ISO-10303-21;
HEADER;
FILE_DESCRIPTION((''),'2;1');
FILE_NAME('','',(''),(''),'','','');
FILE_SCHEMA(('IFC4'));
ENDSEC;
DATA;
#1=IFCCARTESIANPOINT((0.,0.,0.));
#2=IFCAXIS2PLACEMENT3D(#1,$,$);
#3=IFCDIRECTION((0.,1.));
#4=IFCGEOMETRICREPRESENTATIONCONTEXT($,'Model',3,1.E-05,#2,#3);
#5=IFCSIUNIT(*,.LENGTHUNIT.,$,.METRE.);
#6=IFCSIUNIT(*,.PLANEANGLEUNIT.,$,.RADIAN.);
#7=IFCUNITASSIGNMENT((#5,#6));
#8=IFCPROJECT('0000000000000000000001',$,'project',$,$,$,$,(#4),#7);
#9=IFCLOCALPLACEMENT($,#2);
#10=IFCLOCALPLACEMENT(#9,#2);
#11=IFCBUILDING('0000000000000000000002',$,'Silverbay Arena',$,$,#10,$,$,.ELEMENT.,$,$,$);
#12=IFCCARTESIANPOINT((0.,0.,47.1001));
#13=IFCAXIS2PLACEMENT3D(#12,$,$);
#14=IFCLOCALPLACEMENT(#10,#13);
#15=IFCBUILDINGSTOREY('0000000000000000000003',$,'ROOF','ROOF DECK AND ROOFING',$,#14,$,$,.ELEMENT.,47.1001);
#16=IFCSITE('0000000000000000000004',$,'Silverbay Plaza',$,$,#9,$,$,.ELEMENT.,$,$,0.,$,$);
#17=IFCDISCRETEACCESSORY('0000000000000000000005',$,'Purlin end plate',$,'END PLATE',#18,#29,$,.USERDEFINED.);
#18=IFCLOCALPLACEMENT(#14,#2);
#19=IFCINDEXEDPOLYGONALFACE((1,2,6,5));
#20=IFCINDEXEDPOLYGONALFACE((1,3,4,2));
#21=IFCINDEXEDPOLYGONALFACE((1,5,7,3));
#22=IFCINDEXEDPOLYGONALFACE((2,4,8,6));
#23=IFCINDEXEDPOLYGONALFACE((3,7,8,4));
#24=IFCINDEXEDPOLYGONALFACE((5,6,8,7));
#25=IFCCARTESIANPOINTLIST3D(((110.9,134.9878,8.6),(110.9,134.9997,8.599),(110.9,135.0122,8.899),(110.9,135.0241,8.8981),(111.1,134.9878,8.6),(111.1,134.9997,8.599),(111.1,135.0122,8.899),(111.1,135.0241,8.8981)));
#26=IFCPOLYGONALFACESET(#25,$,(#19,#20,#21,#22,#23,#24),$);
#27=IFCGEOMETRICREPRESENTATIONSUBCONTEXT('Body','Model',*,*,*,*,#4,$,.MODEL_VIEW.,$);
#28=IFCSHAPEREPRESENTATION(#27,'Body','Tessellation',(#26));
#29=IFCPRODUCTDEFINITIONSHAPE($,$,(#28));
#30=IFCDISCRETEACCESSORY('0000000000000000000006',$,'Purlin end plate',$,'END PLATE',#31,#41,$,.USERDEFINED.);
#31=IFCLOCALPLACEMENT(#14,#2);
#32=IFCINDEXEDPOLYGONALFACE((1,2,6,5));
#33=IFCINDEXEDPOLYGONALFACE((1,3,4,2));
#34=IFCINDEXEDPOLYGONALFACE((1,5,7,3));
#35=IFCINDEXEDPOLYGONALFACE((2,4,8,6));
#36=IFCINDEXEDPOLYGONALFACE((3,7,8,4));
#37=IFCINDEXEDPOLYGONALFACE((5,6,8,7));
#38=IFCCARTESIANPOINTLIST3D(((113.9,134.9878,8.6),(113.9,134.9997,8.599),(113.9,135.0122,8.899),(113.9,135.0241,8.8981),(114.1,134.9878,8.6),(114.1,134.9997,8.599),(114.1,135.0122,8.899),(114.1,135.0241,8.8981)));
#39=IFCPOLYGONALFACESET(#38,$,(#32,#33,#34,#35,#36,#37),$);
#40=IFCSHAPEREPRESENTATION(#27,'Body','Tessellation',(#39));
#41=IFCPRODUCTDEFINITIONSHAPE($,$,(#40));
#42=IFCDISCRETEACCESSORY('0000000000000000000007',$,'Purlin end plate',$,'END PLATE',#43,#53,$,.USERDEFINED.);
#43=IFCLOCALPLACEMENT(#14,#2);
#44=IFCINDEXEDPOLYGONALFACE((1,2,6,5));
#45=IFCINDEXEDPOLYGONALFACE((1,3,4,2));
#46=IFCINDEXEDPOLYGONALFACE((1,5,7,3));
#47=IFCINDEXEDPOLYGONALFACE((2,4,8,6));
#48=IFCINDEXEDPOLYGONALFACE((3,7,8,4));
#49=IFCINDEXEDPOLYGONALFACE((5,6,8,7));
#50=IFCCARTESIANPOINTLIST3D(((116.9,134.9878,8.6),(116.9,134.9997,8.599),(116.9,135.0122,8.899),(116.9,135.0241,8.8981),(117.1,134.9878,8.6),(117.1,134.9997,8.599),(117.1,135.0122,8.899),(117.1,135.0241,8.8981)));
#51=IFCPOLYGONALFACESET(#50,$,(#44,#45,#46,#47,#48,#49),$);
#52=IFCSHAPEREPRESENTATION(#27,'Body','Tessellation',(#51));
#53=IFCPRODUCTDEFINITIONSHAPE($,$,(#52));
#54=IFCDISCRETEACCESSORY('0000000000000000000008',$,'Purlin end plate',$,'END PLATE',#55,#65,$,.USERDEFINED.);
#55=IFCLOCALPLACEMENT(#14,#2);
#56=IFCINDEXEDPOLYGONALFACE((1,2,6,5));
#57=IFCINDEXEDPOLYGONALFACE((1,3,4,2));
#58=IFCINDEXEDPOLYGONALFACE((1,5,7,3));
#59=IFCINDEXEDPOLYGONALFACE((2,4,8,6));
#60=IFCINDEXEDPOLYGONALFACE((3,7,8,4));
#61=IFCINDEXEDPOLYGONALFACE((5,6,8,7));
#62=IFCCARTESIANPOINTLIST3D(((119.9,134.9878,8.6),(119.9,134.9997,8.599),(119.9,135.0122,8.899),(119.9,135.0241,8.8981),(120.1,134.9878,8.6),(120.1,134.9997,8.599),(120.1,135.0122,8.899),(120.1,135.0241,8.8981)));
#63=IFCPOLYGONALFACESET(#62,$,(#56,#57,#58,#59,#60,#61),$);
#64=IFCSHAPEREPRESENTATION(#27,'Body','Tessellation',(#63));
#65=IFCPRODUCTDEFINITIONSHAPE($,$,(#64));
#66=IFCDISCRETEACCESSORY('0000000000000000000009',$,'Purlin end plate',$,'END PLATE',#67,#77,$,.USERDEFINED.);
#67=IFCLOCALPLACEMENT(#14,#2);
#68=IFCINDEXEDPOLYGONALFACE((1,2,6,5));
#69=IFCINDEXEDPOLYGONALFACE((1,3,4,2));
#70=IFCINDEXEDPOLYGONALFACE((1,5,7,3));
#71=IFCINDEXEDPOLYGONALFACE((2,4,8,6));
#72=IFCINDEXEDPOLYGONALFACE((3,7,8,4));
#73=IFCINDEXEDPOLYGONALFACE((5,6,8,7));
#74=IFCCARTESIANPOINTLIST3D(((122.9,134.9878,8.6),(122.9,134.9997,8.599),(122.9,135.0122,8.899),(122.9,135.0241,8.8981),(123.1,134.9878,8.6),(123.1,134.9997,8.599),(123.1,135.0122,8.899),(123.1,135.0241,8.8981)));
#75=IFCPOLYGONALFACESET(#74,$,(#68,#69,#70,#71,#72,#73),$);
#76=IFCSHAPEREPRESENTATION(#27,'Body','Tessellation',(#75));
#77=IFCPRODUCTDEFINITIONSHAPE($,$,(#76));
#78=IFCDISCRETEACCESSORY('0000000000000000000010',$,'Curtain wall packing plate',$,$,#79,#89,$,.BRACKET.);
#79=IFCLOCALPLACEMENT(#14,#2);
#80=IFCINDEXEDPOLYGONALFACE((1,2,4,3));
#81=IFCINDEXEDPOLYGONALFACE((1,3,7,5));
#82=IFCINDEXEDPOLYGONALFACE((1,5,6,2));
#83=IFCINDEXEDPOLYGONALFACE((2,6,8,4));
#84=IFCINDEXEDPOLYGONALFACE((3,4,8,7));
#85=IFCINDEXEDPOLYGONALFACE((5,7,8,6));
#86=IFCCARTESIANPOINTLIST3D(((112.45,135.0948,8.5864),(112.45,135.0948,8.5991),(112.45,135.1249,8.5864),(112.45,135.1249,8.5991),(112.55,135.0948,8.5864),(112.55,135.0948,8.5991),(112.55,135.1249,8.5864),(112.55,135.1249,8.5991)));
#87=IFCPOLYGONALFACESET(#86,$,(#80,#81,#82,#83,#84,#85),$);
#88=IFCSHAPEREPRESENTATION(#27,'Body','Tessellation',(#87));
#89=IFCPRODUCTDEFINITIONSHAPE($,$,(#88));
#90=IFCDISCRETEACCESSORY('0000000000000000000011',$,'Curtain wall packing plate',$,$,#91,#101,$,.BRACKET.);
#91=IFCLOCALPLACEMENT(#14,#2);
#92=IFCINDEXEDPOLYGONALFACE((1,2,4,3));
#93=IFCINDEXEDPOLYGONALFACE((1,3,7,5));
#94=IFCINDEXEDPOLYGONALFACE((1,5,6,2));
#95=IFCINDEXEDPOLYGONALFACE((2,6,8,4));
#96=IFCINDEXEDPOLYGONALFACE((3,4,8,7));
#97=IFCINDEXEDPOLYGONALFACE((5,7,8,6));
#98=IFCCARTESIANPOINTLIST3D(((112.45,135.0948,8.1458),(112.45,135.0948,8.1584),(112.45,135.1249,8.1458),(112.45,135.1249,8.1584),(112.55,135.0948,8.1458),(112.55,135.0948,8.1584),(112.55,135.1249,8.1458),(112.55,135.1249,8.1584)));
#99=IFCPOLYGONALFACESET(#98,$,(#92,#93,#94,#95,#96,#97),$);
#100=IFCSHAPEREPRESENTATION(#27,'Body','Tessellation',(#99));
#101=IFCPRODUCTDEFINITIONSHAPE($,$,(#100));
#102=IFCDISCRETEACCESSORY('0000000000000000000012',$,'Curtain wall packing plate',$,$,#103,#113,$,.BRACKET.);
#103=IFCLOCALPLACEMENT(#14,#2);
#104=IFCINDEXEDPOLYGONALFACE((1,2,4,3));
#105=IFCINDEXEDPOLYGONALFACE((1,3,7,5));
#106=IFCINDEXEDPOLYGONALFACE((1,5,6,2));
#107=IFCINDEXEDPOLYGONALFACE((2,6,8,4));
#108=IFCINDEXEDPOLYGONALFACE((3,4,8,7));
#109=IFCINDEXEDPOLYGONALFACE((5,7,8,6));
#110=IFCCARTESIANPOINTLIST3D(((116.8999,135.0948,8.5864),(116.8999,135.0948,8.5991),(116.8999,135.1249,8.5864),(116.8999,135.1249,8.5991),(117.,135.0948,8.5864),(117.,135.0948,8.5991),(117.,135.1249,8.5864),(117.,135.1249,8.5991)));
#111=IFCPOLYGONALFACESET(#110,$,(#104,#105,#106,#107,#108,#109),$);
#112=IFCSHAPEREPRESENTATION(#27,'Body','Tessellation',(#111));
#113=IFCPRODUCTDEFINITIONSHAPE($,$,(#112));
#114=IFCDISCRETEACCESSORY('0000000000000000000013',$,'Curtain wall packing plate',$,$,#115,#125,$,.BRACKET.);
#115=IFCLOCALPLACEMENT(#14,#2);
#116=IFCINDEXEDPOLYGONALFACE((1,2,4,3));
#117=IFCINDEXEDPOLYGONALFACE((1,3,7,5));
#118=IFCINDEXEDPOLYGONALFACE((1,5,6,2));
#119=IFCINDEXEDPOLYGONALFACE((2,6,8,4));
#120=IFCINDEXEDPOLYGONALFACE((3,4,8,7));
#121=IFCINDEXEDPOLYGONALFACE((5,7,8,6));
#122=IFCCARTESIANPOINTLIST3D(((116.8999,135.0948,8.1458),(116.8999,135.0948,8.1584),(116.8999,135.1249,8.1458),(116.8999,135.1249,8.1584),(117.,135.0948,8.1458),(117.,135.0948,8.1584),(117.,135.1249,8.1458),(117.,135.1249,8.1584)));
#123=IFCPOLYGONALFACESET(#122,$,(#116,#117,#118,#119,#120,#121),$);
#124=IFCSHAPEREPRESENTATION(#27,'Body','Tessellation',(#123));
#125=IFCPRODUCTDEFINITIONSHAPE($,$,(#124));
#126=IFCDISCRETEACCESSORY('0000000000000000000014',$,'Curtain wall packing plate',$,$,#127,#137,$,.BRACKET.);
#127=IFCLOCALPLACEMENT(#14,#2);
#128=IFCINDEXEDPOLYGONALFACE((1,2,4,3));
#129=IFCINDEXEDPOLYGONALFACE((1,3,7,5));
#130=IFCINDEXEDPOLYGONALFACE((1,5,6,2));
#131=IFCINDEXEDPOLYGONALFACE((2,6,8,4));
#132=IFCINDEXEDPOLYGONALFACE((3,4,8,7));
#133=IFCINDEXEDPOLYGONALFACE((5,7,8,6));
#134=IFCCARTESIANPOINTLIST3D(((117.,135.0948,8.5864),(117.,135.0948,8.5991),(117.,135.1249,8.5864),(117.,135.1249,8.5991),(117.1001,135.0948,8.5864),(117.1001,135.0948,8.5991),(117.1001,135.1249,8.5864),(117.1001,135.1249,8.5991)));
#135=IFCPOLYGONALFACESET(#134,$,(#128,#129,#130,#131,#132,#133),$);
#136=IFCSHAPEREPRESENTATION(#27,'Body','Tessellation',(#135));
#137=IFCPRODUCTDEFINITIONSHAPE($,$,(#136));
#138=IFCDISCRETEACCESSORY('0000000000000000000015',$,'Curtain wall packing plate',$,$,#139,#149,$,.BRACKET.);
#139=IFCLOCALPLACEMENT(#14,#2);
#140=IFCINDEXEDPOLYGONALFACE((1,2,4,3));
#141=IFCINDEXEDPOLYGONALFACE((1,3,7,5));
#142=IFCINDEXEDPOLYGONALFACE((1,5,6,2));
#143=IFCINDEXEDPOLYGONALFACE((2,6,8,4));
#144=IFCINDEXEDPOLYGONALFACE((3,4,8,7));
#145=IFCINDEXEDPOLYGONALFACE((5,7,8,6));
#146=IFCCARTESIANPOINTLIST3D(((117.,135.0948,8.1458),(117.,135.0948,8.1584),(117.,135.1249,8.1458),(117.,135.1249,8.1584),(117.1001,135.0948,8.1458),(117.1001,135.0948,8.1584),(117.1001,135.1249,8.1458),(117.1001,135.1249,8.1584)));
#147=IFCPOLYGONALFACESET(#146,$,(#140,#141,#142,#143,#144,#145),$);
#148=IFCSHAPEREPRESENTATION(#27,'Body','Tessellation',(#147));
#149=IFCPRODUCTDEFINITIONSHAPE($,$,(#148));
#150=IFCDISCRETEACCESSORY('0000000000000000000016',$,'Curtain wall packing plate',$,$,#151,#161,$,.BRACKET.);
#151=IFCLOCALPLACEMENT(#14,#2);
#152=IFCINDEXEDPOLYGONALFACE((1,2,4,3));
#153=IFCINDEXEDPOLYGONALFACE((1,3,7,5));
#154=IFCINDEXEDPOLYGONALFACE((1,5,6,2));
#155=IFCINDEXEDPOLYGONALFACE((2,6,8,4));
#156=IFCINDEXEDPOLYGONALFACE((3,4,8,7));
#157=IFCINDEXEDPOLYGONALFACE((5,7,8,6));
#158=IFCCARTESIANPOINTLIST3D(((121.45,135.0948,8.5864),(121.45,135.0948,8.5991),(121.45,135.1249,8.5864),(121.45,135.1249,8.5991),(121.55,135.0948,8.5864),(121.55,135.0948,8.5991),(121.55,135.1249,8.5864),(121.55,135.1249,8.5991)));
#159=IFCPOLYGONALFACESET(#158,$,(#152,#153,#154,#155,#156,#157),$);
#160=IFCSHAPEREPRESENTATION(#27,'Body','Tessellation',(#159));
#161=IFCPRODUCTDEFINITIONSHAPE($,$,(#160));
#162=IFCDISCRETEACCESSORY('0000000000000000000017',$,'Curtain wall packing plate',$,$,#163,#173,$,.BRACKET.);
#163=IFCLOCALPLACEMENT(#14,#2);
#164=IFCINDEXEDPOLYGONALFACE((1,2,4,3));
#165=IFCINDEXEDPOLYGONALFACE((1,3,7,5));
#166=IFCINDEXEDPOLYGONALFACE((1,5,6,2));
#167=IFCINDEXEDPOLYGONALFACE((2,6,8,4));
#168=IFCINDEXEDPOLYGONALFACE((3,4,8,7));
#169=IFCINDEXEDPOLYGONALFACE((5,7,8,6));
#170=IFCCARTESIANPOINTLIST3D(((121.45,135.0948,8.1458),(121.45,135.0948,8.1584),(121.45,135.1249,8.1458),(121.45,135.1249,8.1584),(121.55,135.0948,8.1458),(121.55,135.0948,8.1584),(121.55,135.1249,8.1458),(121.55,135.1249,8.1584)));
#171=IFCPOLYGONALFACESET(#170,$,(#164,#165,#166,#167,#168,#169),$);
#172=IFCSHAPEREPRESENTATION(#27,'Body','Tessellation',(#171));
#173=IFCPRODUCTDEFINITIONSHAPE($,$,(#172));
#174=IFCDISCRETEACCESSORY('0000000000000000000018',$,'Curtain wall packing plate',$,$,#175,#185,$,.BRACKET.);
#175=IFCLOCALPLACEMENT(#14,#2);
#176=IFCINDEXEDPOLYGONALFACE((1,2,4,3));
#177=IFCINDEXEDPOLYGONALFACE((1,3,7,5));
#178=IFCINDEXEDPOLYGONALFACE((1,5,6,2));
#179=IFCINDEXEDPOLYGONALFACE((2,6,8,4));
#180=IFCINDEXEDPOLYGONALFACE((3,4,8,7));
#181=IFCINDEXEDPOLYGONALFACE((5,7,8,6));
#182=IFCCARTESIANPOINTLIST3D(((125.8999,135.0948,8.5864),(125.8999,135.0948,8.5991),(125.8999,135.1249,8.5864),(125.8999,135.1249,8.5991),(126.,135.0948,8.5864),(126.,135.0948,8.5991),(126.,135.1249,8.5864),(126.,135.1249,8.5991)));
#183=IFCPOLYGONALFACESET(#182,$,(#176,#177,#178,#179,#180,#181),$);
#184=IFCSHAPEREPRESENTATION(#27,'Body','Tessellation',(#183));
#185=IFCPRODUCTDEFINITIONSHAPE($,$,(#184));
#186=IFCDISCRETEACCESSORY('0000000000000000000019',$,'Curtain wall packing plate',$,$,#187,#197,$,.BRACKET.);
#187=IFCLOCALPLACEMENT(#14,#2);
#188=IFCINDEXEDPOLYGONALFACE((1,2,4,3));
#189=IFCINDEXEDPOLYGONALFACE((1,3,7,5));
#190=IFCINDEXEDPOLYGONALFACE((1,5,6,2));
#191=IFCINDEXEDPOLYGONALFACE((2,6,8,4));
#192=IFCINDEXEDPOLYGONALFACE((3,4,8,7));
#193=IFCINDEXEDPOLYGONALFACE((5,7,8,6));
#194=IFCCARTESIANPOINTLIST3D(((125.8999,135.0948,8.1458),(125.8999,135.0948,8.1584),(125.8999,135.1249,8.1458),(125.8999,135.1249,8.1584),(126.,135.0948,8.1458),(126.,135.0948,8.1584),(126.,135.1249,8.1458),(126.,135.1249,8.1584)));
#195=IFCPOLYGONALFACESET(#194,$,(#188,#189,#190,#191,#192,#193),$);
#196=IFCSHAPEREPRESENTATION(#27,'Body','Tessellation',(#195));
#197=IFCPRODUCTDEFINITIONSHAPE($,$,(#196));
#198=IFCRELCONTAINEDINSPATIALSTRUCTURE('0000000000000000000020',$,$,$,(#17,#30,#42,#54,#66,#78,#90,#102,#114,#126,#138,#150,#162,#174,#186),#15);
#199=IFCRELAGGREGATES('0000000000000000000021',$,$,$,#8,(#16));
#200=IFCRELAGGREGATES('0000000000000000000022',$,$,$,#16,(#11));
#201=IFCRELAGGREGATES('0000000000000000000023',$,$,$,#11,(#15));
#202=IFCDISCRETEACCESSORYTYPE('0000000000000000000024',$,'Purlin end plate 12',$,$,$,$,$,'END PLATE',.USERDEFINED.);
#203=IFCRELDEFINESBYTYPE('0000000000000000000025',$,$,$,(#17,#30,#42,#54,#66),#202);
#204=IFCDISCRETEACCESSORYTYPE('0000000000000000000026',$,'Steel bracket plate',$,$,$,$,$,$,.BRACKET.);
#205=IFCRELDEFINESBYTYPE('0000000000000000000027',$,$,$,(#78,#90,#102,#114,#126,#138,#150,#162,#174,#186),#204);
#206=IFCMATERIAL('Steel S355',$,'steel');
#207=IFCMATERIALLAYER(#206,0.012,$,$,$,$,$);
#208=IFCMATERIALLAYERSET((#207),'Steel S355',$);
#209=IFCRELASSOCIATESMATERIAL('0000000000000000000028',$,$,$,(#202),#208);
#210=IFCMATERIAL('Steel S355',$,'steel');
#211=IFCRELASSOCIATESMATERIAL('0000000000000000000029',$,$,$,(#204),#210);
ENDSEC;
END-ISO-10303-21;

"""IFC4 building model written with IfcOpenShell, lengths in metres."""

from ifc_helpers import new_model, si_unit, direction, frame, origin, origin_2d, place, context, subcontext, project, spatial, rectangle, extrude, material, layer, layer_set, type_object, element, save


model = new_model("IFC4")

# Units and contexts
model_context = context("Model", 3, precision=1e-05, world=origin(), true_north=direction((0.0, 1.0)))
body_context = subcontext(model_context, "Body", "Model", "MODEL_VIEW")
ifc_project = project(units=[si_unit("LENGTHUNIT", "METRE"), si_unit("PLANEANGLEUNIT", "RADIAN")], contexts=[model_context])

# Site, building, storey
site_placement = place(None, origin())
site = spatial("IfcSite", under=ifc_project, at=site_placement, Name="Silverbay Plaza", CompositionType="ELEMENT", RefElevation=0.0)
building_placement = place(site_placement, origin())
building = spatial("IfcBuilding", under=site, at=building_placement, Name="Silverbay Arena", CompositionType="ELEMENT")
storey_placement = place(building_placement, frame((0.0, 0.0, 47.1001)))
storey = spatial("IfcBuildingStorey", under=building, at=storey_placement, Name="ROOF", Description="ROOF DECK AND ROOFING", CompositionType="ELEMENT", Elevation=47.1001)

# Discrete accessories
ifc_material_1 = material(Name="Steel S355", Category="steel")
ifc_layer = layer(ifc_material_1, 0.012)
ifc_layer_set = layer_set([ifc_layer], Name="Steel S355")
discrete_accessory_type_1 = type_object("IfcDiscreteAccessoryType", Name="Purlin end plate 12", ElementType="END PLATE", PredefinedType="USERDEFINED", material=ifc_layer_set)
for number, where, z_axis, x_axis, name in (
    (1, (111.0, 135.0, 8.7495), (0.0, 0.996685, -0.081362), (-1.0, 0.0, 0.0), "Purlin end plate"),
    (2, (114.0, 135.0, 8.7495), (0.0, 0.996685, -0.081362), (-1.0, 0.0, 0.0), "Purlin end plate"),
    (3, (117.0, 135.0, 8.7495), (0.0, 0.996685, -0.081362), (-1.0, 0.0, 0.0), "Purlin end plate"),
    (4, (120.0, 135.0, 8.7495), (0.0, 0.996685, -0.081362), (-1.0, 0.0, 0.0), "Purlin end plate"),
    (5, (123.0, 135.0, 8.7495), (0.0, 0.996685, -0.081362), (-1.0, 0.0, 0.0), "Purlin end plate"),
):
    element("IfcDiscreteAccessory", number, at=place(storey_placement, frame(where, z_axis=z_axis, x_axis=x_axis)), inside=storey, type_object=discrete_accessory_type_1, Name=name, ObjectType="END PLATE", PredefinedType="USERDEFINED", context=body_context, shape_type="SweptSolid", body=[
        extrude(rectangle(XDim=0.2, YDim=0.3, at=origin_2d()), origin(), (0.0, 0.0, 1.0), 0.012),
    ])
ifc_material_2 = material(Name="Steel S355", Category="steel")
discrete_accessory_type_2 = type_object("IfcDiscreteAccessoryType", Name="Steel bracket plate", PredefinedType="BRACKET", material=ifc_material_2)
for number, where, z_axis, x_axis, name in (
    (6, (112.5, 135.1099, 8.5864), (0.0, 0.0, 1.0), (1.0, 0.0, 0.0), "Curtain wall packing plate"),
    (7, (112.5, 135.1099, 8.1458), (0.0, 0.0, 1.0), (1.0, 0.0, 0.0), "Curtain wall packing plate"),
    (8, (116.95, 135.1099, 8.5864), (0.0, 0.0, 1.0), (1.0, 0.0, 0.0), "Curtain wall packing plate"),
    (9, (116.95, 135.1099, 8.1458), (0.0, 0.0, 1.0), (1.0, 0.0, 0.0), "Curtain wall packing plate"),
    (10, (117.05, 135.1099, 8.5864), (0.0, 0.0, 1.0), (1.0, 0.0, 0.0), "Curtain wall packing plate"),
    (11, (117.05, 135.1099, 8.1458), (0.0, 0.0, 1.0), (1.0, 0.0, 0.0), "Curtain wall packing plate"),
    (12, (121.5, 135.1099, 8.5864), (0.0, 0.0, 1.0), (1.0, 0.0, 0.0), "Curtain wall packing plate"),
    (13, (121.5, 135.1099, 8.1458), (0.0, 0.0, 1.0), (1.0, 0.0, 0.0), "Curtain wall packing plate"),
    (14, (125.95, 135.1099, 8.5864), (0.0, 0.0, 1.0), (1.0, 0.0, 0.0), "Curtain wall packing plate"),
    (15, (125.95, 135.1099, 8.1458), (0.0, 0.0, 1.0), (1.0, 0.0, 0.0), "Curtain wall packing plate"),
):
    element("IfcDiscreteAccessory", number, at=place(storey_placement, frame(where, z_axis=z_axis, x_axis=x_axis)), inside=storey, type_object=discrete_accessory_type_2, Name=name, PredefinedType="BRACKET", context=body_context, shape_type="SweptSolid", body=[
        extrude(rectangle(XDim=0.1001, YDim=0.03, at=origin_2d()), origin(), (0.0, 0.0, 1.0), 0.0127),
    ])

save(model, "model.ifc")
